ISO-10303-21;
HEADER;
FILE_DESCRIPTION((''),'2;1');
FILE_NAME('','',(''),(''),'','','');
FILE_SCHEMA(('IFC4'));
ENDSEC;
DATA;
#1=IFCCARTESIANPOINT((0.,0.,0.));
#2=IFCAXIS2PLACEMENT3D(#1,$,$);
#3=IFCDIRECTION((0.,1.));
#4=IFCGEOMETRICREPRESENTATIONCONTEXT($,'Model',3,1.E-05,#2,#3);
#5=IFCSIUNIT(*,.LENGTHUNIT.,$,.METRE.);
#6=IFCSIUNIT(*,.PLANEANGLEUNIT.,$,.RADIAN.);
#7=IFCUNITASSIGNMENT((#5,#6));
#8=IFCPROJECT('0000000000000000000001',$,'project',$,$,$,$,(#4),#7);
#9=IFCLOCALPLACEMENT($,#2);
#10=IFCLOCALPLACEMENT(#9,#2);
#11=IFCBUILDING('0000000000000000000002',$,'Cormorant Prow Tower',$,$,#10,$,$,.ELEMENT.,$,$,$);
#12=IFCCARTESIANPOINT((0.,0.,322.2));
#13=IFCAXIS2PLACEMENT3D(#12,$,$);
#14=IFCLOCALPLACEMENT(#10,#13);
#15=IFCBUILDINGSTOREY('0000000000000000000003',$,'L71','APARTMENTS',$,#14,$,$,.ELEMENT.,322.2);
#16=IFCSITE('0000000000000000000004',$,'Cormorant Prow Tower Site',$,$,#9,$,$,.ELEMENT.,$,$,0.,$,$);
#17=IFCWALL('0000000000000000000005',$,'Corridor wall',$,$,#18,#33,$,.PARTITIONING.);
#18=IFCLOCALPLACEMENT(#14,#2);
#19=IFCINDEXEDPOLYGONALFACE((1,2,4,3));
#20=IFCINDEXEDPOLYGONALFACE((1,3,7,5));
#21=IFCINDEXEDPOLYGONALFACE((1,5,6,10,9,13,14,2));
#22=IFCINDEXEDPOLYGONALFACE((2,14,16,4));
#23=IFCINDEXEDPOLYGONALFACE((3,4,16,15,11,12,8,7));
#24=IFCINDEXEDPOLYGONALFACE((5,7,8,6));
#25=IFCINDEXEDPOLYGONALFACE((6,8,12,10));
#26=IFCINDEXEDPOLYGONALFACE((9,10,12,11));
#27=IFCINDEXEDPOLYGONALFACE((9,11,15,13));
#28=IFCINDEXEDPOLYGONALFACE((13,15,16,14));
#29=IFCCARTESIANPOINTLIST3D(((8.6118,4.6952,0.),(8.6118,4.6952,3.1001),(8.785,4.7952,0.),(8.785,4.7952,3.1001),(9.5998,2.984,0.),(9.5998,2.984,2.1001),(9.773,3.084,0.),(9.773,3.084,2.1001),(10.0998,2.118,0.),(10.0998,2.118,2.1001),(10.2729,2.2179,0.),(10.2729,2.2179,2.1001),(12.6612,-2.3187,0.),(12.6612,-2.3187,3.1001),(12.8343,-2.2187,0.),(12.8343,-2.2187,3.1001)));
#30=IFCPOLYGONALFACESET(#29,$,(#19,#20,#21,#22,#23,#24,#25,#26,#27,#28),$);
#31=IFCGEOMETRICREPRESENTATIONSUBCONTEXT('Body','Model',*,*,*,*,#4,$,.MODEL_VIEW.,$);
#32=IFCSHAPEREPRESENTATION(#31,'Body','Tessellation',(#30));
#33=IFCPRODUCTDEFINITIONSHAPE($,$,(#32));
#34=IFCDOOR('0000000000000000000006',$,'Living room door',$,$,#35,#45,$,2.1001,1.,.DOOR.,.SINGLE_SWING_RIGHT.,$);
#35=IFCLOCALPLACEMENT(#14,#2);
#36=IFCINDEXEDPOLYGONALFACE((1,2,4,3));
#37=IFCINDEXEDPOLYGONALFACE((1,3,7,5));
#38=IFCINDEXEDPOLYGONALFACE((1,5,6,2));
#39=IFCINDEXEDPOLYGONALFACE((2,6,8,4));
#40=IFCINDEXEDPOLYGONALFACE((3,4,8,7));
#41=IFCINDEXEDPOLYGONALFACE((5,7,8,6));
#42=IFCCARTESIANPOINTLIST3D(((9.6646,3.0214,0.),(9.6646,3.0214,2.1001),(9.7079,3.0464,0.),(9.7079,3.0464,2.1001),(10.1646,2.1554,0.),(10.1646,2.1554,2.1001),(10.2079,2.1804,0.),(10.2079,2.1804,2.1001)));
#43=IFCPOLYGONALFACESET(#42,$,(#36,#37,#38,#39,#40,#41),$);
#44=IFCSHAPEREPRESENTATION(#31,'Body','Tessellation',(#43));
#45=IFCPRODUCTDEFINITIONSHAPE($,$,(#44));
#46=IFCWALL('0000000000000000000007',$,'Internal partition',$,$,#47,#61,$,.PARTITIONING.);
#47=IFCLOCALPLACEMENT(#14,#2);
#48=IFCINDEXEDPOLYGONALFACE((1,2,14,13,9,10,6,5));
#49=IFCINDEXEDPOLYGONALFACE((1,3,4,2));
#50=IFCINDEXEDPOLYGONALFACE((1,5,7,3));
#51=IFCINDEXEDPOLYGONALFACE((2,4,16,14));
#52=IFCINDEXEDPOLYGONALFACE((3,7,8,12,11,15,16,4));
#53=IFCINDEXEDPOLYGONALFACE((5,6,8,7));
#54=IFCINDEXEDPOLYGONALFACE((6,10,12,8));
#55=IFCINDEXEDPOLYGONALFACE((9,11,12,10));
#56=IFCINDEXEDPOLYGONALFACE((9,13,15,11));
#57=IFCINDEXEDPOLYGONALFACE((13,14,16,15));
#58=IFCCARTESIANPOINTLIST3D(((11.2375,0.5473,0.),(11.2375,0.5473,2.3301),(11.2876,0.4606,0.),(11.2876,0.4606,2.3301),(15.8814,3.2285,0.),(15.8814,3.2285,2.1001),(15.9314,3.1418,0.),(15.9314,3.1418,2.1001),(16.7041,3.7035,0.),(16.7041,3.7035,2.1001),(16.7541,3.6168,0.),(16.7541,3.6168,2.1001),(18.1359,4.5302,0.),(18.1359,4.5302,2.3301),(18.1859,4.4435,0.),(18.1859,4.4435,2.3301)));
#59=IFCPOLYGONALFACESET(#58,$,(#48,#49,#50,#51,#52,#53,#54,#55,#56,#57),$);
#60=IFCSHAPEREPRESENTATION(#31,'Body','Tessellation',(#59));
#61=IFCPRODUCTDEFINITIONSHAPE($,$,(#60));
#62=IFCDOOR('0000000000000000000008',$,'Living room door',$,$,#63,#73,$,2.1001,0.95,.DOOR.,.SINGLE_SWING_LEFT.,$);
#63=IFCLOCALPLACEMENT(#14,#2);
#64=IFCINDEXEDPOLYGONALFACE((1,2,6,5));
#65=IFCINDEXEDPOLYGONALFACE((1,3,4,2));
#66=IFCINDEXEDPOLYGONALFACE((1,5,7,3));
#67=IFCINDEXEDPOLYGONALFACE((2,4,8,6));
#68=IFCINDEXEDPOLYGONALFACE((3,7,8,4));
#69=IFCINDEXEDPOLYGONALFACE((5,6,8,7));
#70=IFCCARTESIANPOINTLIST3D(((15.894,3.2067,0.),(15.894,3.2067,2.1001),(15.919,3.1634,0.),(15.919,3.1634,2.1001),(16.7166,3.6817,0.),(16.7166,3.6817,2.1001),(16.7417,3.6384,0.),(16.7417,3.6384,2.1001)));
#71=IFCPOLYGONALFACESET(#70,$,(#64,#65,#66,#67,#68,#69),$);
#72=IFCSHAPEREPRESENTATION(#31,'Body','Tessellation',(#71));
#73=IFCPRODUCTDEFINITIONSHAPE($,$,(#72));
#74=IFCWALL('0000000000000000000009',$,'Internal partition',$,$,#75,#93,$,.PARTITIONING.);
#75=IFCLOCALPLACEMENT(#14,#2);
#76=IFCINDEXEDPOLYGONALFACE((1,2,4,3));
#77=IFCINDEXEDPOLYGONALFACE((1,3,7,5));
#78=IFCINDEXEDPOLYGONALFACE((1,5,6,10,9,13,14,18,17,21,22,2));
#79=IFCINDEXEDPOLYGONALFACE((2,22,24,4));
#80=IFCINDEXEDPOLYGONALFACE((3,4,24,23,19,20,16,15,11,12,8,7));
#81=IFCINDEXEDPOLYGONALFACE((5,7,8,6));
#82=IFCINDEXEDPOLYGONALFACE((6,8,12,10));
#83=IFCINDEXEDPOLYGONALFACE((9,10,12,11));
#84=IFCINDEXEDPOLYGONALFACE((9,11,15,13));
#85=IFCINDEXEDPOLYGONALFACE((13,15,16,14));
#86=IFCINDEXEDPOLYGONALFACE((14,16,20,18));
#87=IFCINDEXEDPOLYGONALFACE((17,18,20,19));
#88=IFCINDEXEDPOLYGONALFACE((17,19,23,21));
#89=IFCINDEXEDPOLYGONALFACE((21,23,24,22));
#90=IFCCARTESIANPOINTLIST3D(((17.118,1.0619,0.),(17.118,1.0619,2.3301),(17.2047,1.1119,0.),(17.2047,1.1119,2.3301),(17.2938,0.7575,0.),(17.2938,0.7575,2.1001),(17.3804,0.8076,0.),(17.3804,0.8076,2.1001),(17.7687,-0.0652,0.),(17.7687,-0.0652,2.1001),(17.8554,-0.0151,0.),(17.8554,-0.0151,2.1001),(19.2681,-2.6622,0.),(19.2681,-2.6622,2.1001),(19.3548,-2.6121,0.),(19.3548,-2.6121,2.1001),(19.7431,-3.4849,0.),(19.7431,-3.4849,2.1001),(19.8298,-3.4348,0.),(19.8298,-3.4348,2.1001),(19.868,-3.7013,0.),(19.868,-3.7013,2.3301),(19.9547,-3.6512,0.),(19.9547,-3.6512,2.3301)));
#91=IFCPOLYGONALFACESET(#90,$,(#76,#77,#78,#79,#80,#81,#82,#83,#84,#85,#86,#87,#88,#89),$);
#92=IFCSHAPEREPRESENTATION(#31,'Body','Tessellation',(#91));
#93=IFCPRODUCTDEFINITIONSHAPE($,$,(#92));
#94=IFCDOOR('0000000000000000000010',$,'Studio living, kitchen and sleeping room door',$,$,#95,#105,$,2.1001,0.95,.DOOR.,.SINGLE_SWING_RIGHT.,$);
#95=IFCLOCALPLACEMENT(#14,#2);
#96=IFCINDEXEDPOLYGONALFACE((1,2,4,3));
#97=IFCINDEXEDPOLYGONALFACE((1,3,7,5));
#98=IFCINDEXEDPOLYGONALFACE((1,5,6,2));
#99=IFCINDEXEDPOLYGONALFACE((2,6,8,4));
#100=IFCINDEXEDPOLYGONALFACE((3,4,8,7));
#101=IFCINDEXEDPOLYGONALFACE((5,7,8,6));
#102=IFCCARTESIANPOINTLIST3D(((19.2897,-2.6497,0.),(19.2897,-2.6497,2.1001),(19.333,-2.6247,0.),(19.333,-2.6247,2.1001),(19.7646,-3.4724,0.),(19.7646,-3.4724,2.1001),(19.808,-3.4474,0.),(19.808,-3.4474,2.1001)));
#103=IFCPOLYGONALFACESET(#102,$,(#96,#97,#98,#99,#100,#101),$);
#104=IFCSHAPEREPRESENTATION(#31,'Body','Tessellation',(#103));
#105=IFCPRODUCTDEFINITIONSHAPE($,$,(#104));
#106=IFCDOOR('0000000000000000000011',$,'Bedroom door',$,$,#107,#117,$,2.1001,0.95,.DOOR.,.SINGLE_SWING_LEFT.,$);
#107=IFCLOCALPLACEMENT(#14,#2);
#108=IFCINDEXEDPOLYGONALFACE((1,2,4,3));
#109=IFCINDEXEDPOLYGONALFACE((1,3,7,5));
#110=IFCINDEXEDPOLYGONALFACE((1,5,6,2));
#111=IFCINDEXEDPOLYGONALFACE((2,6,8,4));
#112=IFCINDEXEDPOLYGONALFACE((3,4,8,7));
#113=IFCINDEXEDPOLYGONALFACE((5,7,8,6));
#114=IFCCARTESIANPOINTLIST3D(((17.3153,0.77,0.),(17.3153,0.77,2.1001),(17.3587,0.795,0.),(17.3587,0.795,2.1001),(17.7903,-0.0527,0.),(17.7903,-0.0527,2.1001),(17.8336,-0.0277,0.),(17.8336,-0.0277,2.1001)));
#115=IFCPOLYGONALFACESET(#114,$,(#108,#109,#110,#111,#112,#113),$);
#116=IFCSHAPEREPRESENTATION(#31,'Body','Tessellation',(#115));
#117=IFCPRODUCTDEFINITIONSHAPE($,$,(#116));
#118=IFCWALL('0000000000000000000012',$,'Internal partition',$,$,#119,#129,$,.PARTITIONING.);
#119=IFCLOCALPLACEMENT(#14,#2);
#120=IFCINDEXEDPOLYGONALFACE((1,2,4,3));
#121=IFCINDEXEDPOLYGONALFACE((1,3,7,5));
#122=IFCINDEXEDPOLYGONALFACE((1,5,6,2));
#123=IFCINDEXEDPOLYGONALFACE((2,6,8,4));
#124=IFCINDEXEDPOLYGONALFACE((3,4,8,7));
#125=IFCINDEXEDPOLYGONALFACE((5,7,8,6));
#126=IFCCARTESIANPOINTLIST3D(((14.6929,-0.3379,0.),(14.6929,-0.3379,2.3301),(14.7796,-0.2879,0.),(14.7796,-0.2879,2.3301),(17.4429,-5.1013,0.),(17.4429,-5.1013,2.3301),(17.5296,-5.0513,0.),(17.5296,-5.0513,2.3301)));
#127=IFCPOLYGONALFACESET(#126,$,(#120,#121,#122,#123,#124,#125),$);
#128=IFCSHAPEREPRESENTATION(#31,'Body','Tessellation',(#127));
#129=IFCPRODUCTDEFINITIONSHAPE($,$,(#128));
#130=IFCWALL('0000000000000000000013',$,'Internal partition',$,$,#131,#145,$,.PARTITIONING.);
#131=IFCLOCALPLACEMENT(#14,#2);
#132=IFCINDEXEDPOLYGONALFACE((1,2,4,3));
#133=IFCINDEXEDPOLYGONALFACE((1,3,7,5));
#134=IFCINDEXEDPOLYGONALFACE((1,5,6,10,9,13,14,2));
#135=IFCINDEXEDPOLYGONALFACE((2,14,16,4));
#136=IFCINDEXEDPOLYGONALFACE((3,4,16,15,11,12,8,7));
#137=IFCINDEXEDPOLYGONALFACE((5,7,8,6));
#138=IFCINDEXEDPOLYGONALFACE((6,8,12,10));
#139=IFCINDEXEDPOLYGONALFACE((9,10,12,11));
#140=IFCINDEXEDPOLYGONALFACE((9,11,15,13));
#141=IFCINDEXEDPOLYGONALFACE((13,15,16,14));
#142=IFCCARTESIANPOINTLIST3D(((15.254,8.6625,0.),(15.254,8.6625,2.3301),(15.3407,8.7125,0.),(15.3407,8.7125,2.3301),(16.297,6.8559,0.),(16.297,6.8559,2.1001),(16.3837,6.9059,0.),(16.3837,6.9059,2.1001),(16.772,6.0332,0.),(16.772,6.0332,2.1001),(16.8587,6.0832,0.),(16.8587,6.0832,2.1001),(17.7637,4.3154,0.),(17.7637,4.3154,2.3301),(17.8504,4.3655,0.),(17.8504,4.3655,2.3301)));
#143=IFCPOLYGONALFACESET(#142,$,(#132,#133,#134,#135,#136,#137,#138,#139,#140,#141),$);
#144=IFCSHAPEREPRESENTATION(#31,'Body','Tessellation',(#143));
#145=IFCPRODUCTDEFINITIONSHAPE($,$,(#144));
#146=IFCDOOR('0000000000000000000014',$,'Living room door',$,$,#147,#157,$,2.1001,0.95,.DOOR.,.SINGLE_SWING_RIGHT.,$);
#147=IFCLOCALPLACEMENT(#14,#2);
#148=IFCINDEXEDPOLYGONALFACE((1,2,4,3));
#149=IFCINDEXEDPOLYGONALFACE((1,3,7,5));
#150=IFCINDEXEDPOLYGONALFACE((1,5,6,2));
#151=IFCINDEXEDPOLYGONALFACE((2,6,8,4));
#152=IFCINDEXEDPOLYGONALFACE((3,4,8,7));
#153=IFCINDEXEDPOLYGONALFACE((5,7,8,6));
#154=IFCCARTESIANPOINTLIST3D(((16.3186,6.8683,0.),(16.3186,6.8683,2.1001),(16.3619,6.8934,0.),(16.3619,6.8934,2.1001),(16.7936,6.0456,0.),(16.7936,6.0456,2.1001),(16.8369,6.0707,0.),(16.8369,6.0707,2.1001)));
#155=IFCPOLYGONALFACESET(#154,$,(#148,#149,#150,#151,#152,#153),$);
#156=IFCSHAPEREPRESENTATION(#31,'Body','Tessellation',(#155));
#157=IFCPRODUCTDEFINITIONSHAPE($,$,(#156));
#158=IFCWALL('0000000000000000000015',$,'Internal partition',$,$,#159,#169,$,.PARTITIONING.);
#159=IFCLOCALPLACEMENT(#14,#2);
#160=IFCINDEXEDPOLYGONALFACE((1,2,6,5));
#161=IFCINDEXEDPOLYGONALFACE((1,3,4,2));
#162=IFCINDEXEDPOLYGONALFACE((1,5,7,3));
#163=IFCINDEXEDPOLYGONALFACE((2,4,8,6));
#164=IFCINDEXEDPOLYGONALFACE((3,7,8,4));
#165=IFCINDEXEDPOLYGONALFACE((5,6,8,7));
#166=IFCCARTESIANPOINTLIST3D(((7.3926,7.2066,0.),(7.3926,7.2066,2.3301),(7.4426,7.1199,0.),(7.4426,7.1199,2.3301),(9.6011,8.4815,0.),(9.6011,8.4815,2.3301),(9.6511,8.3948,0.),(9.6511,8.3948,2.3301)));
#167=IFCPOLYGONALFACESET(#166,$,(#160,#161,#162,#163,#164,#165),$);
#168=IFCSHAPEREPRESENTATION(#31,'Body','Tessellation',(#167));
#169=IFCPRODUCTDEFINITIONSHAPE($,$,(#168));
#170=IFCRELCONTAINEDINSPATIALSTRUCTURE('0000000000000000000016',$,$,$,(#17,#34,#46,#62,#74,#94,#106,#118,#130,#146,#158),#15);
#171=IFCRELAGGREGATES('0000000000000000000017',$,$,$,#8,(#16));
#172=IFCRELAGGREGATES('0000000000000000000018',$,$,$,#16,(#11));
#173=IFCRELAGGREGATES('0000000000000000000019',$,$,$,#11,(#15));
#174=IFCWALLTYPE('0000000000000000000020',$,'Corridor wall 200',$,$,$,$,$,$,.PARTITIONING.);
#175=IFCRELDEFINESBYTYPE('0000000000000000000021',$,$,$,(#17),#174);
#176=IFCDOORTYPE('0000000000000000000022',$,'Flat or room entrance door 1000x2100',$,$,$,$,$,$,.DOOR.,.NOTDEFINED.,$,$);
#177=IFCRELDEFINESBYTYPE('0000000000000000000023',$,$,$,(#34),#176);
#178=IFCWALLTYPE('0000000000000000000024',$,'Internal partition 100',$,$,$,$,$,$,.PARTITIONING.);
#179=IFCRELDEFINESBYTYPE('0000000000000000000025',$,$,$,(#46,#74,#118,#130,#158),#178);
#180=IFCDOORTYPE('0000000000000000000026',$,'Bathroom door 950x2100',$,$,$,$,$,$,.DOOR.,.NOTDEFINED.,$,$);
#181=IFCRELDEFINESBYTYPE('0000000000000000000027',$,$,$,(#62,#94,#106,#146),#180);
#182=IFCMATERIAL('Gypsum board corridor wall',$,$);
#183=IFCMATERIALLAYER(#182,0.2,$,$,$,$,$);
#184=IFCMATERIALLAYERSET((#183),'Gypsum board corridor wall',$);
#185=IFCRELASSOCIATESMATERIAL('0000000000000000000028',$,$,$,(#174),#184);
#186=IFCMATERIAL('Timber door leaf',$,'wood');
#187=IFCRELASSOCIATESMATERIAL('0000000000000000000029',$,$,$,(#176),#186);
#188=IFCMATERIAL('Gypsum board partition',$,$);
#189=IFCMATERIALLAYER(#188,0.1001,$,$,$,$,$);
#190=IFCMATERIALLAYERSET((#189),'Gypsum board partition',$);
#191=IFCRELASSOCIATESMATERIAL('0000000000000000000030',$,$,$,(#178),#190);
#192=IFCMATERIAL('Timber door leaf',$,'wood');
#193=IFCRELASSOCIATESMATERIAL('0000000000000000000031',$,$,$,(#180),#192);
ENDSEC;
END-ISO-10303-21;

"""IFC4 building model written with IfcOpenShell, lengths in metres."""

from ifc_helpers import new_model, si_unit, direction, frame, frame_2d, origin, place, context, subcontext, project, spatial, rectangle, extrude, material, layer, layer_set, type_object, element, fill, save


model = new_model("IFC4")

# Units and contexts
model_context = context("Model", 3, precision=1e-05, world=origin(), true_north=direction((0.0, 1.0)))
body_context = subcontext(model_context, "Body", "Model", "MODEL_VIEW")
ifc_project = project(units=[si_unit("LENGTHUNIT", "METRE"), si_unit("PLANEANGLEUNIT", "RADIAN")], contexts=[model_context])

# Site, building, storey
site_placement = place(None, origin())
site = spatial("IfcSite", under=ifc_project, at=site_placement, Name="Cormorant Prow Tower Site", CompositionType="ELEMENT", RefElevation=0.0)
building_placement = place(site_placement, origin())
building = spatial("IfcBuilding", under=site, at=building_placement, Name="Cormorant Prow Tower", CompositionType="ELEMENT")
storey_placement = place(building_placement, frame((0.0, 0.0, 322.2)))
storey = spatial("IfcBuildingStorey", under=building, at=storey_placement, Name="L71", Description="APARTMENTS", CompositionType="ELEMENT", Elevation=322.2)

# Walls, openings, doors
ifc_material_1 = material(Name="Gypsum board corridor wall")
ifc_layer_1 = layer(ifc_material_1, 0.2)
ifc_layer_set_1 = layer_set([ifc_layer_1], Name="Gypsum board corridor wall")
wall_type_1 = type_object("IfcWallType", Name="Corridor wall 200", PredefinedType="PARTITIONING", material=ifc_layer_set_1)
wall_1_placement = place(storey_placement, frame((8.6985, 4.7451, 0.0), z_axis=(0.0, 0.0, 1.0), x_axis=(0.499984, -0.866034, 0.0)))
wall_1 = element("IfcWall", 1, at=wall_1_placement, inside=storey, type_object=wall_type_1, Name="Corridor wall", PredefinedType="PARTITIONING", context=body_context, shape_type="SweptSolid", body=[
    extrude(rectangle(XDim=8.0989, YDim=0.2, at=frame_2d((4.0493, 0.0))), origin(), (0.0, 0.0, 1.0), 3.1001),
])
opening_1_placement = place(wall_1_placement, frame((1.9758, 0.0, 0.0)))
opening_1 = element("IfcOpeningElement", 2, at=opening_1_placement, cuts=wall_1, PredefinedType="OPENING", context=body_context, shape_type="SweptSolid", body=[
    extrude(rectangle(XDim=1.0, YDim=2.1001, at=frame_2d((0.5, 1.05))), frame((0.0, 0.1099, 0.0), z_axis=(0.0, -1.0, 0.0), x_axis=(1.0, 0.0, 0.0)), (0.0, 0.0, 1.0), 0.22),
])
ifc_material_2 = material(Name="Timber door leaf", Category="wood")
door_type_1 = type_object("IfcDoorType", Name="Flat or room entrance door 1000x2100", OperationType="NOTDEFINED", PredefinedType="DOOR", material=ifc_material_2)
door_1_placement = place(opening_1_placement, origin())
door_1 = element("IfcDoor", 3, at=door_1_placement, inside=storey, type_object=door_type_1, Name="Living room door", OperationType="SINGLE_SWING_RIGHT", OverallHeight=2.1001, OverallWidth=1.0, PredefinedType="DOOR", context=body_context, shape_type="SweptSolid", body=[
    extrude(rectangle(XDim=1.0, YDim=2.1001, at=frame_2d((0.5, 1.05))), frame((0.0, 0.0249, 0.0), z_axis=(0.0, -1.0, 0.0), x_axis=(1.0, 0.0, 0.0)), (0.0, 0.0, 1.0), 0.05),
])
fill(opening_1, door_1)
ifc_material_3 = material(Name="Gypsum board partition")
ifc_layer_2 = layer(ifc_material_3, 0.1001)
ifc_layer_set_2 = layer_set([ifc_layer_2], Name="Gypsum board partition")
wall_type_2 = type_object("IfcWallType", Name="Internal partition 100", PredefinedType="PARTITIONING", material=ifc_layer_set_2)
wall_2_placement = place(storey_placement, frame((11.2625, 0.5039, 0.0), z_axis=(0.0, 0.0, 1.0), x_axis=(0.86602, 0.500009, 0.0)))
wall_2 = element("IfcWall", 4, at=wall_2_placement, inside=storey, type_object=wall_type_2, Name="Internal partition", PredefinedType="PARTITIONING", context=body_context, shape_type="SweptSolid", body=[
    extrude(rectangle(XDim=7.9656, YDim=0.1001, at=frame_2d((3.9829, 0.0))), origin(), (0.0, 0.0, 1.0), 2.3301),
])
opening_2_placement = place(wall_2_placement, frame((5.3623, 0.0, 0.0)))
opening_2 = element("IfcOpeningElement", 5, at=opening_2_placement, cuts=wall_2, PredefinedType="OPENING", context=body_context, shape_type="SweptSolid", body=[
    extrude(rectangle(XDim=0.95, YDim=2.1001, at=frame_2d((0.4751, 1.05))), frame((0.0, 0.0601, 0.0), z_axis=(0.0, -1.0, 0.0), x_axis=(1.0, 0.0, 0.0)), (0.0, 0.0, 1.0), 0.1201),
])
ifc_material_4 = material(Name="Timber door leaf", Category="wood")
door_type_2 = type_object("IfcDoorType", Name="Bathroom door 950x2100", OperationType="NOTDEFINED", PredefinedType="DOOR", material=ifc_material_4)
door_2_placement = place(opening_2_placement, origin())
door_2 = element("IfcDoor", 6, at=door_2_placement, inside=storey, type_object=door_type_2, Name="Living room door", OperationType="SINGLE_SWING_LEFT", OverallHeight=2.1001, OverallWidth=0.95, PredefinedType="DOOR", context=body_context, shape_type="SweptSolid", body=[
    extrude(rectangle(XDim=0.95, YDim=2.1001, at=frame_2d((0.4751, 1.05))), frame((0.0, 0.0249, 0.0), z_axis=(0.0, -1.0, 0.0), x_axis=(1.0, 0.0, 0.0)), (0.0, 0.0, 1.0), 0.05),
])
fill(opening_2, door_2)

# Wall, openings, doors
wall_3_placement = place(storey_placement, frame((17.1614, 1.0869, 0.0), z_axis=(0.0, 0.0, 1.0), x_axis=(0.499997, -0.866027, 0.0)))
wall_3 = element("IfcWall", 7, at=wall_3_placement, inside=storey, type_object=wall_type_2, Name="Internal partition", PredefinedType="PARTITIONING", context=body_context, shape_type="SweptSolid", body=[
    extrude(rectangle(XDim=5.5, YDim=0.1001, at=frame_2d((2.75, 0.0))), origin(), (0.0, 0.0, 1.0), 2.3301),
])
opening_3_placement = place(wall_3_placement, frame((4.3, 0.0, 0.0)))
opening_3 = element("IfcOpeningElement", 8, at=opening_3_placement, cuts=wall_3, PredefinedType="OPENING", context=body_context, shape_type="SweptSolid", body=[
    extrude(rectangle(XDim=0.95, YDim=2.1001, at=frame_2d((0.4751, 1.05))), frame((0.0, 0.0601, 0.0), z_axis=(0.0, -1.0, 0.0), x_axis=(1.0, 0.0, 0.0)), (0.0, 0.0, 1.0), 0.1201),
])
opening_4_placement = place(wall_3_placement, frame((0.3513, 0.0, 0.0)))
opening_4 = element("IfcOpeningElement", 9, at=opening_4_placement, cuts=wall_3, PredefinedType="OPENING", context=body_context, shape_type="SweptSolid", body=[
    extrude(rectangle(XDim=0.95, YDim=2.1001, at=frame_2d((0.4751, 1.05))), frame((0.0, 0.0601, 0.0), z_axis=(0.0, -1.0, 0.0), x_axis=(1.0, 0.0, 0.0)), (0.0, 0.0, 1.0), 0.1201),
])
door_3_placement = place(opening_3_placement, origin())
door_3 = element("IfcDoor", 10, at=door_3_placement, inside=storey, type_object=door_type_2, Name="Studio living, kitchen and sleeping room door", OperationType="SINGLE_SWING_RIGHT", OverallHeight=2.1001, OverallWidth=0.95, PredefinedType="DOOR", context=body_context, shape_type="SweptSolid", body=[
    extrude(rectangle(XDim=0.95, YDim=2.1001, at=frame_2d((0.4751, 1.05))), frame((0.0, 0.0249, 0.0), z_axis=(0.0, -1.0, 0.0), x_axis=(1.0, 0.0, 0.0)), (0.0, 0.0, 1.0), 0.05),
])
fill(opening_3, door_3)
door_4_placement = place(opening_4_placement, origin())
door_4 = element("IfcDoor", 11, at=door_4_placement, inside=storey, type_object=door_type_2, Name="Bedroom door", OperationType="SINGLE_SWING_LEFT", OverallHeight=2.1001, OverallWidth=0.95, PredefinedType="DOOR", context=body_context, shape_type="SweptSolid", body=[
    extrude(rectangle(XDim=0.95, YDim=2.1001, at=frame_2d((0.4751, 1.05))), frame((0.0, 0.0249, 0.0), z_axis=(0.0, -1.0, 0.0), x_axis=(1.0, 0.0, 0.0)), (0.0, 0.0, 1.0), 0.05),
])
fill(opening_4, door_4)

# Wall
wall_4_placement = place(storey_placement, frame((14.7363, -0.313, 0.0), z_axis=(0.0, 0.0, 1.0), x_axis=(0.499977, -0.866038, 0.0)))
element("IfcWall", 12, at=wall_4_placement, inside=storey, type_object=wall_type_2, Name="Internal partition", PredefinedType="PARTITIONING", context=body_context, shape_type="SweptSolid", body=[
    extrude(rectangle(XDim=5.5002, YDim=0.1001, at=frame_2d((2.75, 0.0))), origin(), (0.0, 0.0, 1.0), 2.3301),
])

# Wall, opening, door
wall_5_placement = place(storey_placement, frame((15.2974, 8.6875, 0.0), z_axis=(0.0, 0.0, 1.0), x_axis=(0.499989, -0.866032, 0.0)))
wall_5 = element("IfcWall", 13, at=wall_5_placement, inside=storey, type_object=wall_type_2, Name="Internal partition", PredefinedType="PARTITIONING", context=body_context, shape_type="SweptSolid", body=[
    extrude(rectangle(XDim=5.0195, YDim=0.1001, at=frame_2d((2.5098, 0.0))), origin(), (0.0, 0.0, 1.0), 2.3301),
])
opening_5_placement = place(wall_5_placement, frame((2.0859, 0.0, 0.0)))
opening_5 = element("IfcOpeningElement", 14, at=opening_5_placement, cuts=wall_5, PredefinedType="OPENING", context=body_context, shape_type="SweptSolid", body=[
    extrude(rectangle(XDim=0.95, YDim=2.1001, at=frame_2d((0.4751, 1.05))), frame((0.0, 0.0601, 0.0), z_axis=(0.0, -1.0, 0.0), x_axis=(1.0, 0.0, 0.0)), (0.0, 0.0, 1.0), 0.1201),
])
door_5_placement = place(opening_5_placement, origin())
door_5 = element("IfcDoor", 15, at=door_5_placement, inside=storey, type_object=door_type_2, Name="Living room door", OperationType="SINGLE_SWING_RIGHT", OverallHeight=2.1001, OverallWidth=0.95, PredefinedType="DOOR", context=body_context, shape_type="SweptSolid", body=[
    extrude(rectangle(XDim=0.95, YDim=2.1001, at=frame_2d((0.4751, 1.05))), frame((0.0, 0.0249, 0.0), z_axis=(0.0, -1.0, 0.0), x_axis=(1.0, 0.0, 0.0)), (0.0, 0.0, 1.0), 0.05),
])
fill(opening_5, door_5)

# Wall
wall_6_placement = place(storey_placement, frame((7.4177, 7.1633, 0.0), z_axis=(0.0, 0.0, 1.0), x_axis=(0.866055, 0.499949, 0.0)))
element("IfcWall", 16, at=wall_6_placement, inside=storey, type_object=wall_type_2, Name="Internal partition", PredefinedType="PARTITIONING", context=body_context, shape_type="SweptSolid", body=[
    extrude(rectangle(XDim=2.55, YDim=0.1001, at=frame_2d((1.2749, 0.0))), origin(), (0.0, 0.0, 1.0), 2.3301),
])

save(model, "model.ifc")
